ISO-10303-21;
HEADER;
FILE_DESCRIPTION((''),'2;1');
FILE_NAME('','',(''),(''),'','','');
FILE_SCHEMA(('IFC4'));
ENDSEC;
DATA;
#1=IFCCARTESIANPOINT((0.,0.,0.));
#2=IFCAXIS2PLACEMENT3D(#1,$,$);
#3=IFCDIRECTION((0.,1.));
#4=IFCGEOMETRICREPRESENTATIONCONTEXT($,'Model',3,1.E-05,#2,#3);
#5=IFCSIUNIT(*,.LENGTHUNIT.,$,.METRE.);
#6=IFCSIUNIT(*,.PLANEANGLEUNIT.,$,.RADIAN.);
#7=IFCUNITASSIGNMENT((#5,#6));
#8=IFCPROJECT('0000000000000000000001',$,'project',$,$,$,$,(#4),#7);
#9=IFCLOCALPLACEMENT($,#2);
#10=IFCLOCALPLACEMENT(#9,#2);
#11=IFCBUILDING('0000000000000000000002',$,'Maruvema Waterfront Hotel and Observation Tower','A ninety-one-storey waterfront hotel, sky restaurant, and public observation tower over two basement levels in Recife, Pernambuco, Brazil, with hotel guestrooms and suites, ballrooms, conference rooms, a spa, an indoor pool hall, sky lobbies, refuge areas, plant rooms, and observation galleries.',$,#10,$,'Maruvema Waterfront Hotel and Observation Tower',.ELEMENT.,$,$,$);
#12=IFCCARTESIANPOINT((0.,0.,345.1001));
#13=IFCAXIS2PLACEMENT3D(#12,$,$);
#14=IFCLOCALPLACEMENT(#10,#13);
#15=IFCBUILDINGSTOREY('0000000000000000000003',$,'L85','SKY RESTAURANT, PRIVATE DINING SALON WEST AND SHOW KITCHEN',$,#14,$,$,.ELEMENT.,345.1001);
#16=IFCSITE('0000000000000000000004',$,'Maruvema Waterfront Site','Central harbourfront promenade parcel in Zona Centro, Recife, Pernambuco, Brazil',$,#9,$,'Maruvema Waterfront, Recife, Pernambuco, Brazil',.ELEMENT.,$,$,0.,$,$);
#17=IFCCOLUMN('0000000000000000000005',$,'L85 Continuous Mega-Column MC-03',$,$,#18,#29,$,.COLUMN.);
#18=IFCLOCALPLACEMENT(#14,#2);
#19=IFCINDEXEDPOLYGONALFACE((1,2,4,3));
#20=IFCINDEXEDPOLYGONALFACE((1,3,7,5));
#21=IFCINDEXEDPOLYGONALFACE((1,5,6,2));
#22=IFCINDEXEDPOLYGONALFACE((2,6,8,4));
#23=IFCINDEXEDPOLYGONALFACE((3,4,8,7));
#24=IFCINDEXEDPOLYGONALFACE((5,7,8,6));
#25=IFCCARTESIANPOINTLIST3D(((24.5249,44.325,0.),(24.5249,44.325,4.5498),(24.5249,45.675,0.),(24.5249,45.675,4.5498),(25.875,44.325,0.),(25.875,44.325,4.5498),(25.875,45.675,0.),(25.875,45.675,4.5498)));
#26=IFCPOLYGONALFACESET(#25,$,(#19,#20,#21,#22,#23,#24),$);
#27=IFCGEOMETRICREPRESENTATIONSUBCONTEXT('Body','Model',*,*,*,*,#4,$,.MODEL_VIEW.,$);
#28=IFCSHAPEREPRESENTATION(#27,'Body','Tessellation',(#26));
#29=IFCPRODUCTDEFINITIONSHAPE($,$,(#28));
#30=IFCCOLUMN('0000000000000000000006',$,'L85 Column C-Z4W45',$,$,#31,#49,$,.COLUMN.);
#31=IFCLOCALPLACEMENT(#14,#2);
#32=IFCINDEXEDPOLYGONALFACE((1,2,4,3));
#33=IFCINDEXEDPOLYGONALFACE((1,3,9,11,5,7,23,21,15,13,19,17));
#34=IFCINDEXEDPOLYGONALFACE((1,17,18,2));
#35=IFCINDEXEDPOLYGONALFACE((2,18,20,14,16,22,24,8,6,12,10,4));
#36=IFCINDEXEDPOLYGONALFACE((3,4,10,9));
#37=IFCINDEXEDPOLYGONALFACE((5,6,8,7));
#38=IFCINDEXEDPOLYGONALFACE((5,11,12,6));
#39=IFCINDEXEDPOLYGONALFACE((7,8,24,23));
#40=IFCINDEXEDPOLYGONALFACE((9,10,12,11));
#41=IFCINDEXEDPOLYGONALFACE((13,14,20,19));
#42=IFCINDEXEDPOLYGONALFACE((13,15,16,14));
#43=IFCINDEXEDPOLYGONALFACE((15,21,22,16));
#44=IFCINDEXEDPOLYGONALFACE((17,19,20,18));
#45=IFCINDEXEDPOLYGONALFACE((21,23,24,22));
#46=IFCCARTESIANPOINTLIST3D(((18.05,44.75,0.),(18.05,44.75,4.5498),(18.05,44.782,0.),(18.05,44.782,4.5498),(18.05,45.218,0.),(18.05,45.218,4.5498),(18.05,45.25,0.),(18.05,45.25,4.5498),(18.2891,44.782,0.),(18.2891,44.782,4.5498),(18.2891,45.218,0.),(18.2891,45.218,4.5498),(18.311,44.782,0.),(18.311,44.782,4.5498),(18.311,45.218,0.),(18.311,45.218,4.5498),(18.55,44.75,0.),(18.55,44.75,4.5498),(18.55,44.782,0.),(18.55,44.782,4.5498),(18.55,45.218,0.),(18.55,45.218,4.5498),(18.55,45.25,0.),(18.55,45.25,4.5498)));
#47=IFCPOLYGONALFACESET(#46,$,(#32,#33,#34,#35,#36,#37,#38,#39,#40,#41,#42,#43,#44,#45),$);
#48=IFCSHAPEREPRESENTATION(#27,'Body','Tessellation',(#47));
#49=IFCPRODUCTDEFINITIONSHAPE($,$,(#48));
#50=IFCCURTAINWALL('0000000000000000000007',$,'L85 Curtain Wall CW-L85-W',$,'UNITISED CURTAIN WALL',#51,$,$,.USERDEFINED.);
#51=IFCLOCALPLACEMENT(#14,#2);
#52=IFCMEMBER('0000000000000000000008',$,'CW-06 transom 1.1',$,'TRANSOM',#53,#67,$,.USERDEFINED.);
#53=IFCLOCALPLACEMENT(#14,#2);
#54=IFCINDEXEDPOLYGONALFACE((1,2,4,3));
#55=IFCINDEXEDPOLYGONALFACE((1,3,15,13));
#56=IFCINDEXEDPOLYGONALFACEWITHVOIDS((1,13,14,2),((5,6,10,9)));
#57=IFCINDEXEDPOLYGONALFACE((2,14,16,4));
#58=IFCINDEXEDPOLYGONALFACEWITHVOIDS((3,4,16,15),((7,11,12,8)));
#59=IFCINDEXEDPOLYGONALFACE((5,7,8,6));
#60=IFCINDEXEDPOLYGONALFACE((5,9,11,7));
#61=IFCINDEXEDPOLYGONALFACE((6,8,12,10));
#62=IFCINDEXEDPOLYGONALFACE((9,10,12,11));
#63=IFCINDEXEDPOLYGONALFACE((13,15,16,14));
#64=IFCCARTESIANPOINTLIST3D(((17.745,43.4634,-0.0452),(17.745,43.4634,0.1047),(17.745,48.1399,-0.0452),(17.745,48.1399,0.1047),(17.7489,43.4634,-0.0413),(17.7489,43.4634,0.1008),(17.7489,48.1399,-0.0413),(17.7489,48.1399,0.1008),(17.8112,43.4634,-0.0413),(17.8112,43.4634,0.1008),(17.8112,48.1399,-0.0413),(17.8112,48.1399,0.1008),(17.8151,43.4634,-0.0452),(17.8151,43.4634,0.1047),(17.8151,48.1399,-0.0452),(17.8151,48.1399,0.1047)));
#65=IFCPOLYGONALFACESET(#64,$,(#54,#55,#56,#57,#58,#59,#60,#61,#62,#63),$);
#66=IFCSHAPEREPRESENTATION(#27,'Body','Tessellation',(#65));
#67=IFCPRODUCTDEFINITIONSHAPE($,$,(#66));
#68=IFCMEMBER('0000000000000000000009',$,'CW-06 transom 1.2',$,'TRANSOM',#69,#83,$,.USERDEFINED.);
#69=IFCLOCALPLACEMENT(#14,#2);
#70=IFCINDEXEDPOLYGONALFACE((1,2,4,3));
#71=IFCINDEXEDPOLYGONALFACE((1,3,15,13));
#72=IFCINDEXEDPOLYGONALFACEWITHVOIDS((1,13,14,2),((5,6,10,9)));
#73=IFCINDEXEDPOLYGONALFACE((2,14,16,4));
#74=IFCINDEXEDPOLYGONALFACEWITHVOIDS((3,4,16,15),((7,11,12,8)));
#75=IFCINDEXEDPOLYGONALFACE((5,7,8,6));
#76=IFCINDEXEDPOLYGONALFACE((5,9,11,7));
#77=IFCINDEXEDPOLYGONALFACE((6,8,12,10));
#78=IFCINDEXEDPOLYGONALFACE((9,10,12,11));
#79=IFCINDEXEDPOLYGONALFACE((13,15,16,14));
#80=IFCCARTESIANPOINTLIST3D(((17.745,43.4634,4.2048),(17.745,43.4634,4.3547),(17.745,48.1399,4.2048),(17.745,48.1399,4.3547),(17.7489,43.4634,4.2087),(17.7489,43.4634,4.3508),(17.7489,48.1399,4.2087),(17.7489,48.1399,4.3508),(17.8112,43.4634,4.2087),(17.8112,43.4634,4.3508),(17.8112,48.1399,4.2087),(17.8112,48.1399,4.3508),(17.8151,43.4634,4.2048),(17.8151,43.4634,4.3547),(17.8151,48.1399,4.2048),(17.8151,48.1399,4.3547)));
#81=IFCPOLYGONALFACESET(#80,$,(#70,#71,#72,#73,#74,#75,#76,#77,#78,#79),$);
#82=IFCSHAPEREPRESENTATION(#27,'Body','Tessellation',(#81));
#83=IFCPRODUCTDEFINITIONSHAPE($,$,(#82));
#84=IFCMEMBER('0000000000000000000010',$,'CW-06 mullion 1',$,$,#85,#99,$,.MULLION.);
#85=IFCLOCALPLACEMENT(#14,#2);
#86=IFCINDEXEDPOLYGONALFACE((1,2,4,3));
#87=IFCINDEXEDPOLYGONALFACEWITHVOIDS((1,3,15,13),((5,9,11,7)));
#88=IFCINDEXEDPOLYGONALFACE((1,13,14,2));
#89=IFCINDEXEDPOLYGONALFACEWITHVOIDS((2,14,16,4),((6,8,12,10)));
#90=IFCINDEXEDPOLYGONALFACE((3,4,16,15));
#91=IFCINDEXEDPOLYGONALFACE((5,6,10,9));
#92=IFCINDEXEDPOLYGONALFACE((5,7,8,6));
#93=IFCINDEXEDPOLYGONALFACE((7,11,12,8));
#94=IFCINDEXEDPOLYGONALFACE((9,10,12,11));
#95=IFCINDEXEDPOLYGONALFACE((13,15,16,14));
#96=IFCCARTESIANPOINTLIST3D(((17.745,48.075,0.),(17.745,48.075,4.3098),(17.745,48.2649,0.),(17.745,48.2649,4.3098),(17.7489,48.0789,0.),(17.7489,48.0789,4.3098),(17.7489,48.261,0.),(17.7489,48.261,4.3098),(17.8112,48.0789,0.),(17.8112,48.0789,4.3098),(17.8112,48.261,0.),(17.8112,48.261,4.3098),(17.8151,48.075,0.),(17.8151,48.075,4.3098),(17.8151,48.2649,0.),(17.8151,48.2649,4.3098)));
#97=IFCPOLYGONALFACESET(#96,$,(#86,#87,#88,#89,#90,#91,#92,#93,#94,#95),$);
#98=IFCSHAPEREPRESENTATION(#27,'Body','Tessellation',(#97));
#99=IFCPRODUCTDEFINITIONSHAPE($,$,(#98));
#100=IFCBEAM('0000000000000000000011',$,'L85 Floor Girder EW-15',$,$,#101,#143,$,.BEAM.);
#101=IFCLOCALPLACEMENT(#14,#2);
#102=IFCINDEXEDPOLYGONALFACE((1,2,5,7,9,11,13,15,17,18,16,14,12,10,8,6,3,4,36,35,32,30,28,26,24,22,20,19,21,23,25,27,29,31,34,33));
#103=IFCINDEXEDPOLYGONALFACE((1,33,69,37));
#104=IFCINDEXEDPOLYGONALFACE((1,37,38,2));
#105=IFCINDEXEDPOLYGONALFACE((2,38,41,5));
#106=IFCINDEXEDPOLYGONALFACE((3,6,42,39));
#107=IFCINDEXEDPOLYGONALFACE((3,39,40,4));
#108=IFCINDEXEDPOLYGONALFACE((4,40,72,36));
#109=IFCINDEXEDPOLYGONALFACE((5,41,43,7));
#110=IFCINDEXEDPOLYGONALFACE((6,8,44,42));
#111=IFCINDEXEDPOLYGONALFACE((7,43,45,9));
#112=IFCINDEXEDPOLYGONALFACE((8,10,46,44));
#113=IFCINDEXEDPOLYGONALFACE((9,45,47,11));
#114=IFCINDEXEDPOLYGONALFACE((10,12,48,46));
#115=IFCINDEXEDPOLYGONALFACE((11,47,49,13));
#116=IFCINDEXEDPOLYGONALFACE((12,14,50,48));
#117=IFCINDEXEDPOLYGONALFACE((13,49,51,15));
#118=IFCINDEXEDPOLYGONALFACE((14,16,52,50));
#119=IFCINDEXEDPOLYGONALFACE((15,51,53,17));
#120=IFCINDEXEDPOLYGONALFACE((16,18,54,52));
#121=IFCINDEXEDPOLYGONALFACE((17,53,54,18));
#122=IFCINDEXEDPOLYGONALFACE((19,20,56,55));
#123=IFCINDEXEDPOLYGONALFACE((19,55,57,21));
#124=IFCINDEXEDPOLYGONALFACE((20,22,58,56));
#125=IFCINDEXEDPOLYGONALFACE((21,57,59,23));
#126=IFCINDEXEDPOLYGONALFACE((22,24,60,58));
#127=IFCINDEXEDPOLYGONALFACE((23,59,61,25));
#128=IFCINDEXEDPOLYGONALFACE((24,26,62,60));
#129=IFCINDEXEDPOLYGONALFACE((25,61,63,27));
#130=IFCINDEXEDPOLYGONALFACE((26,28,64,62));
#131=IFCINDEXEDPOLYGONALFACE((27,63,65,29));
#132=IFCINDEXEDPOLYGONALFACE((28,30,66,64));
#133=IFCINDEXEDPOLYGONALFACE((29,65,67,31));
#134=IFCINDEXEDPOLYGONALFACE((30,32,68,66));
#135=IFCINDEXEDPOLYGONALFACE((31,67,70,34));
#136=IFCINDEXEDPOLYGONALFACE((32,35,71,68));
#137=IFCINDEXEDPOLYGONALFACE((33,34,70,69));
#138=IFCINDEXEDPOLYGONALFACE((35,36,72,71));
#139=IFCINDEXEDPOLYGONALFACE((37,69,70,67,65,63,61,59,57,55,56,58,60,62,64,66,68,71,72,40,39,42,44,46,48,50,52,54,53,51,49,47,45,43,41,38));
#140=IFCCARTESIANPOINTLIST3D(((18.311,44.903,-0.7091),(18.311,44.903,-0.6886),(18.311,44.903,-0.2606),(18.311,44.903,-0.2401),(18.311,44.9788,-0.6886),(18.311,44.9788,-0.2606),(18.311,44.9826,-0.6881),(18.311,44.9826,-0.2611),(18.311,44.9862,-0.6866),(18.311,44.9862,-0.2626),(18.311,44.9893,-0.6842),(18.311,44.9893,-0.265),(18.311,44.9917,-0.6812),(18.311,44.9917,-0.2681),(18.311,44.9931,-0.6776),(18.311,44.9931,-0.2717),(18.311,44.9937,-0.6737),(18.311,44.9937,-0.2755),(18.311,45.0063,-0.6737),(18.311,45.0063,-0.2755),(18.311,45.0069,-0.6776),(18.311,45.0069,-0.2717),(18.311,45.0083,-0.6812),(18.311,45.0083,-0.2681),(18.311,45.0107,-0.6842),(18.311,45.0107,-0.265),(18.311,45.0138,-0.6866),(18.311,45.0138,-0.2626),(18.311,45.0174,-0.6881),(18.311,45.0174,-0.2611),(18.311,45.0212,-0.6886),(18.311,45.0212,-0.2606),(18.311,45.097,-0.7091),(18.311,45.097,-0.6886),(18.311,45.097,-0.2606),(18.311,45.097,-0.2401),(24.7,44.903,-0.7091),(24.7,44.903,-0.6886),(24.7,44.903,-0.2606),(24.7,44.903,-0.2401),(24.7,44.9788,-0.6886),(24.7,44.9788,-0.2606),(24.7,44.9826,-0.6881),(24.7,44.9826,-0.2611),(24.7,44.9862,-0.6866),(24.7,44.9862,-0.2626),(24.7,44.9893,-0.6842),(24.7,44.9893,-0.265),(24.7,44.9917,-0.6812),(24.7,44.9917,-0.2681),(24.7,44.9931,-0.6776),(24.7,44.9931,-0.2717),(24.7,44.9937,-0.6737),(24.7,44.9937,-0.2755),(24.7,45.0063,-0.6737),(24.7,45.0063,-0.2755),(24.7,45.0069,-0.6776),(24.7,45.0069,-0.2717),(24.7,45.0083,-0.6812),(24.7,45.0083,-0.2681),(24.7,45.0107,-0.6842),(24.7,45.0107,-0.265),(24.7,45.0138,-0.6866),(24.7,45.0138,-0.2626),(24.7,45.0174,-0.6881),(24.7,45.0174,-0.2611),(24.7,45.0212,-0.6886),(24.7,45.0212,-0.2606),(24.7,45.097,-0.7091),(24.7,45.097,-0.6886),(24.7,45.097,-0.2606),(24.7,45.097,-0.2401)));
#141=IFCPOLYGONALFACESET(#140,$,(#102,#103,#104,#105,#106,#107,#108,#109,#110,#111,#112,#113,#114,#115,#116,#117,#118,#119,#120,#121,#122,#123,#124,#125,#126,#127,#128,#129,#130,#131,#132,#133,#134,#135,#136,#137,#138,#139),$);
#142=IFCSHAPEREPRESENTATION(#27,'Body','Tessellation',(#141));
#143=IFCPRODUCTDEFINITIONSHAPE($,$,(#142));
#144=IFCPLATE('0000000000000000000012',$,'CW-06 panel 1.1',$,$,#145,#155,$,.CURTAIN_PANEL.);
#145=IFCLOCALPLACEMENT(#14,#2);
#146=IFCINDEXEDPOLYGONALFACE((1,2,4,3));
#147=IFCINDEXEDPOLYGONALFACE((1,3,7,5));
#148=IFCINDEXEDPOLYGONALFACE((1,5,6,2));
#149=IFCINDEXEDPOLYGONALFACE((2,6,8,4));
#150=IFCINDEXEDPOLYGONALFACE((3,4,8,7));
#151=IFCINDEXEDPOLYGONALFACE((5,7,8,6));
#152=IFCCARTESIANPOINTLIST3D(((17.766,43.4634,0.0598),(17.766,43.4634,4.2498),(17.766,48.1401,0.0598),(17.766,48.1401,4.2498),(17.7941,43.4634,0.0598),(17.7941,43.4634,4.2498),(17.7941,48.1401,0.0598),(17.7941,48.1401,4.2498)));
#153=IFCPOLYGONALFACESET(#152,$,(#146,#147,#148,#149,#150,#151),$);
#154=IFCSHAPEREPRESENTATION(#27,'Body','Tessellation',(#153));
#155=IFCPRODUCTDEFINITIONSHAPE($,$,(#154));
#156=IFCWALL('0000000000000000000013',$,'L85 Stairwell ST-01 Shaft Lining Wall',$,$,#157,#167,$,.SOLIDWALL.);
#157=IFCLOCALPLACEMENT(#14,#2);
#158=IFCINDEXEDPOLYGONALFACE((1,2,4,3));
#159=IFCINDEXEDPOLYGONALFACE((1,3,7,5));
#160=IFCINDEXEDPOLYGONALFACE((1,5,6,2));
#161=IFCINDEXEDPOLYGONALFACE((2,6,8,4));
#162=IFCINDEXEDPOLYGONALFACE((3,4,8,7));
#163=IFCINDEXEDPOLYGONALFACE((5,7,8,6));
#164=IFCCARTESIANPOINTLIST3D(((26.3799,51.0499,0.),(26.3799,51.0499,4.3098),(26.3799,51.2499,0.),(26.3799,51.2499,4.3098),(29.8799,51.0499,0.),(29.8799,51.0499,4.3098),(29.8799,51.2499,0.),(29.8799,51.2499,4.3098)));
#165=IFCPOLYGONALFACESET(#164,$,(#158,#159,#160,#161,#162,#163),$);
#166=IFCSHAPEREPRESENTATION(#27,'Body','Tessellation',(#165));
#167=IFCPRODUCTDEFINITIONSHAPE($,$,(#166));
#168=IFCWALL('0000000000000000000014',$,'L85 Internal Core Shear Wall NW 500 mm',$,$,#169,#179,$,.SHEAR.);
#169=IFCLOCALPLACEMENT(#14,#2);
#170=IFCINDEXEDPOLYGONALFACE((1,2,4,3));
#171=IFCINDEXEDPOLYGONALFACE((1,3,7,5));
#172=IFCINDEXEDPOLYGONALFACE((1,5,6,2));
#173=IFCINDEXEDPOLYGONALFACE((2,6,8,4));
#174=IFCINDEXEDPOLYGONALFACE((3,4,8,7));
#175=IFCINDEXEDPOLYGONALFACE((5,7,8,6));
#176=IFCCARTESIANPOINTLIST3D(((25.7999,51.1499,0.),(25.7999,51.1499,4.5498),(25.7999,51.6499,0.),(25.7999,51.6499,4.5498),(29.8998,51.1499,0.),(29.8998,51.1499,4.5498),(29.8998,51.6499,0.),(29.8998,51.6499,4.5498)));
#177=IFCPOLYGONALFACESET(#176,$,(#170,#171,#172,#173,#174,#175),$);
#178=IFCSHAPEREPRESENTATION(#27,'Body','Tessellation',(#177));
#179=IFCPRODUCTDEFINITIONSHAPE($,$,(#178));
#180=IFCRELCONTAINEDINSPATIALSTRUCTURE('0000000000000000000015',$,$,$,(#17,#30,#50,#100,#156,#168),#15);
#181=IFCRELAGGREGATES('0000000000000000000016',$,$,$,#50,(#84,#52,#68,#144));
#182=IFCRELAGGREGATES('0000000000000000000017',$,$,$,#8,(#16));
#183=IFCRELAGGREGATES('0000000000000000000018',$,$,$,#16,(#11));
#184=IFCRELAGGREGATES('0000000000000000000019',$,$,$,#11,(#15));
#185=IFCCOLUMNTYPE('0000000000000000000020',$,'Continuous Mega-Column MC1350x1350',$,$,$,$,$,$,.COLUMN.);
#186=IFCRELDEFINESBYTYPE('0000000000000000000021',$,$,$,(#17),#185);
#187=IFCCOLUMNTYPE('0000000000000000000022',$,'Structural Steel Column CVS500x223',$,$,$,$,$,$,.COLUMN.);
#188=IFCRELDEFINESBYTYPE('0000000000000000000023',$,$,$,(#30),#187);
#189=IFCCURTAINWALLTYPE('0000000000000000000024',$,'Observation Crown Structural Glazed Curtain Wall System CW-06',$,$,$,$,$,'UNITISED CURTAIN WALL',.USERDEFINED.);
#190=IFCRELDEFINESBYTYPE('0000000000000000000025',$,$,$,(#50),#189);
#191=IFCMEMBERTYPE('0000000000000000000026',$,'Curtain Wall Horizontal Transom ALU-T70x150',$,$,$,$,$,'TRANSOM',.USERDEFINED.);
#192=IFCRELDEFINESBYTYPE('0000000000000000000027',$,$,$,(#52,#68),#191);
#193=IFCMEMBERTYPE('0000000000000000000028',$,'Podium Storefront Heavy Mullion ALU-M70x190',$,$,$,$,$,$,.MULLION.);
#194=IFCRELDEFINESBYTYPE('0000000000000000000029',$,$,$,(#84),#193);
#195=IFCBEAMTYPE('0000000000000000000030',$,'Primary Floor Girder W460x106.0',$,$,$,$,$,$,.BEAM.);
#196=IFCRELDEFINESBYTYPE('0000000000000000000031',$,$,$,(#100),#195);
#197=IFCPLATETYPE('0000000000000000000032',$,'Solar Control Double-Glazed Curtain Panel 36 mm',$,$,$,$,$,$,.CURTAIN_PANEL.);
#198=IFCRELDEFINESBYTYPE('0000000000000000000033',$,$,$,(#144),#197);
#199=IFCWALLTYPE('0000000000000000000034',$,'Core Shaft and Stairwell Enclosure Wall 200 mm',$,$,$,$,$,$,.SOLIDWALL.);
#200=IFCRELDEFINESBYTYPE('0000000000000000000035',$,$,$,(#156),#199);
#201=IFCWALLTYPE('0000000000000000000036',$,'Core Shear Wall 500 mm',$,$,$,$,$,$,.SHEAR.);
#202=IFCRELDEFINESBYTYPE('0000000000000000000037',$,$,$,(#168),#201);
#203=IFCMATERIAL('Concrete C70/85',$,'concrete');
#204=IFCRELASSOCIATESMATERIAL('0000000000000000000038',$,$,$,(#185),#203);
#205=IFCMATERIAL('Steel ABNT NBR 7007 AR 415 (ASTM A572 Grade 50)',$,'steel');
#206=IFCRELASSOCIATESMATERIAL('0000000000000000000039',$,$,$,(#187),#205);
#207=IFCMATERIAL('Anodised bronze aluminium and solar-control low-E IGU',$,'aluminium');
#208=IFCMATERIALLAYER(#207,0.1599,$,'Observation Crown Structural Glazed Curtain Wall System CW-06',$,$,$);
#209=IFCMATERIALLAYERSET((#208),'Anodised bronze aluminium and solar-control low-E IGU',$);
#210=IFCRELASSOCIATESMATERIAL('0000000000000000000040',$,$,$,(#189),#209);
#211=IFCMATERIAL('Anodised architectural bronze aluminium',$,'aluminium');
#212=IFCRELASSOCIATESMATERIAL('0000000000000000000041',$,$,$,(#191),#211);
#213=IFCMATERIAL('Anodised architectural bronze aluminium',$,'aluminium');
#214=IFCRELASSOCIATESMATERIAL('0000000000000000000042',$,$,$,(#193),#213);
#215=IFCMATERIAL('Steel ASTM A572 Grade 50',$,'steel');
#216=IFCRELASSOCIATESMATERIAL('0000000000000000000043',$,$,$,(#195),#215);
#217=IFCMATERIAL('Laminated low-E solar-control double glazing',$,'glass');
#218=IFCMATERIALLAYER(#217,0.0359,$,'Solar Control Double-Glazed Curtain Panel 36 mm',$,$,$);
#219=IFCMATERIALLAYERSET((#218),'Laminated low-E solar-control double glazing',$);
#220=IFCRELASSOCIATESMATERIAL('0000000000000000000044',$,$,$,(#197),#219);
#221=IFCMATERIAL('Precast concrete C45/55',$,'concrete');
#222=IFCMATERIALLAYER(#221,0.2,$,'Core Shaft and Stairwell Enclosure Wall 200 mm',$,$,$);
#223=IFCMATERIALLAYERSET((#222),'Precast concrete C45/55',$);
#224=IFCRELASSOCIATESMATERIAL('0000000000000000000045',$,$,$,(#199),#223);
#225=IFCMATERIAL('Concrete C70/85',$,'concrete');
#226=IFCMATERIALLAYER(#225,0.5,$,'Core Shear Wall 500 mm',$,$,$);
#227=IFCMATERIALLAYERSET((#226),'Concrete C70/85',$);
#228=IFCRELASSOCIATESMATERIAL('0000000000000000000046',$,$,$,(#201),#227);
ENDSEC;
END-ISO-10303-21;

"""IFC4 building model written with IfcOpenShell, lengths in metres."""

from ifc_helpers import new_model, si_unit, direction, frame, frame_2d, origin, origin_2d, place, context, subcontext, project, spatial, rectangle, hollow_rectangle, i_section, extrude, material, layer, layer_set, material_profile, profile_set, type_object, element, aggregate, save


model = new_model("IFC4")

# Units and contexts
model_context = context("Model", 3, precision=1e-05, world=origin(), true_north=direction((0.0, 1.0)))
body_context = subcontext(model_context, "Body", "Model", "MODEL_VIEW")
ifc_project = project(units=[si_unit("LENGTHUNIT", "METRE"), si_unit("PLANEANGLEUNIT", "RADIAN")], contexts=[model_context])

# Site, building, storey
site_placement = place(None, origin())
site = spatial("IfcSite", under=ifc_project, at=site_placement, Name="Maruvema Waterfront Site", Description="Central harbourfront promenade parcel in Zona Centro, Recife, Pernambuco, Brazil", LongName="Maruvema Waterfront, Recife, Pernambuco, Brazil", CompositionType="ELEMENT", RefElevation=0.0)
building_placement = place(site_placement, origin())
building = spatial("IfcBuilding", under=site, at=building_placement, Name="Maruvema Waterfront Hotel and Observation Tower", Description="A ninety-one-storey waterfront hotel, sky restaurant, and public observation tower over two basement levels in Recife, Pernambuco, Brazil, with hotel guestrooms and suites, ballrooms, conference rooms, a spa, an indoor pool hall, sky lobbies, refuge areas, plant rooms, and observation galleries.", LongName="Maruvema Waterfront Hotel and Observation Tower", CompositionType="ELEMENT")
storey_placement = place(building_placement, frame((0.0, 0.0, 345.1001)))
storey = spatial("IfcBuildingStorey", under=building, at=storey_placement, Name="L85", Description="SKY RESTAURANT, PRIVATE DINING SALON WEST AND SHOW KITCHEN", CompositionType="ELEMENT", Elevation=345.1001)

# Columns
ifc_material_1 = material(Name="Concrete C70/85", Category="concrete")
ifc_material_profile_1 = material_profile(ifc_material_1, rectangle(XDim=1.3501, YDim=1.3501, at=origin_2d()), Name="MC1350x1350")
ifc_profile_set_1 = profile_set([ifc_material_profile_1], Name="Concrete C70/85")
column_type_1 = type_object("IfcColumnType", Name="Continuous Mega-Column MC1350x1350", PredefinedType="COLUMN", material=ifc_profile_set_1)
column_1_placement = place(storey_placement, frame((25.2, 45.0, 0.0), z_axis=(0.0, 0.0, 1.0), x_axis=(1.0, 0.0, 0.0)))
element("IfcColumn", 1, at=column_1_placement, inside=storey, type_object=column_type_1, Name="L85 Continuous Mega-Column MC-03", PredefinedType="COLUMN", context=body_context, shape_type="SweptSolid", body=[
    extrude(rectangle(XDim=1.3501, YDim=1.3501, at=origin_2d()), origin(), (0.0, 0.0, 1.0), 4.5498),
])
ifc_material_2 = material(Name="Steel ABNT NBR 7007 AR 415 (ASTM A572 Grade 50)", Category="steel")
ifc_material_profile_2 = material_profile(ifc_material_2, i_section(OverallWidth=0.5, OverallDepth=0.5, WebThickness=0.022, FlangeThickness=0.032, at=origin_2d()), Name="CVS500x223")
ifc_profile_set_2 = profile_set([ifc_material_profile_2], Name="Steel ABNT NBR 7007 AR 415 (ASTM A572 Grade 50)")
column_type_2 = type_object("IfcColumnType", Name="Structural Steel Column CVS500x223", PredefinedType="COLUMN", material=ifc_profile_set_2)
column_2_placement = place(storey_placement, frame((18.3, 45.0, 0.0), z_axis=(0.0, 0.0, 1.0), x_axis=(1.0, 0.0, 0.0)))
element("IfcColumn", 2, at=column_2_placement, inside=storey, type_object=column_type_2, Name="L85 Column C-Z4W45", PredefinedType="COLUMN", context=body_context, shape_type="SweptSolid", body=[
    extrude(i_section(OverallWidth=0.5, OverallDepth=0.5, WebThickness=0.022, FlangeThickness=0.032, at=origin_2d()), origin(), (0.0, 0.0, 1.0), 4.5498),
])

# Curtain wall, members
ifc_material_3 = material(Name="Anodised bronze aluminium and solar-control low-E IGU", Category="aluminium")
ifc_layer_1 = layer(ifc_material_3, 0.1599, Name="Observation Crown Structural Glazed Curtain Wall System CW-06")
ifc_layer_set_1 = layer_set([ifc_layer_1], Name="Anodised bronze aluminium and solar-control low-E IGU")
curtain_wall_type = type_object("IfcCurtainWallType", Name="Observation Crown Structural Glazed Curtain Wall System CW-06", ElementType="UNITISED CURTAIN WALL", PredefinedType="USERDEFINED", material=ifc_layer_set_1)
curtain_wall_placement = place(storey_placement, origin())
curtain_wall = element("IfcCurtainWall", 3, at=curtain_wall_placement, inside=storey, type_object=curtain_wall_type, Name="L85 Curtain Wall CW-L85-W", ObjectType="UNITISED CURTAIN WALL", PredefinedType="USERDEFINED")
ifc_material_4 = material(Name="Anodised architectural bronze aluminium", Category="aluminium")
ifc_material_profile_3 = material_profile(ifc_material_4, hollow_rectangle(XDim=0.0701, YDim=0.1499, WallThickness=0.0039, at=origin_2d()), Name="ALU-T70x150")
ifc_profile_set_3 = profile_set([ifc_material_profile_3], Name="Anodised architectural bronze aluminium")
member_type_1 = type_object("IfcMemberType", Name="Curtain Wall Horizontal Transom ALU-T70x150", ElementType="TRANSOM", PredefinedType="USERDEFINED", material=ifc_profile_set_3)
member_1_placement = place(storey_placement, frame((17.78, 48.1399, 0.0298), z_axis=(0.0, -1.0, 0.0), x_axis=(1.0, 0.0, 0.0)))
member_1 = element("IfcMember", 4, at=member_1_placement, type_object=member_type_1, Name="CW-06 transom 1.1", ObjectType="TRANSOM", PredefinedType="USERDEFINED", context=body_context, shape_type="SweptSolid", body=[
    extrude(hollow_rectangle(XDim=0.0701, YDim=0.1499, WallThickness=0.0039, at=origin_2d()), origin(), (0.0, 0.0, 1.0), 4.6765),
])
member_2_placement = place(storey_placement, frame((17.78, 48.1399, 4.2798), z_axis=(0.0, -1.0, 0.0), x_axis=(1.0, 0.0, 0.0)))
member_2 = element("IfcMember", 5, at=member_2_placement, type_object=member_type_1, Name="CW-06 transom 1.2", ObjectType="TRANSOM", PredefinedType="USERDEFINED", context=body_context, shape_type="SweptSolid", body=[
    extrude(hollow_rectangle(XDim=0.0701, YDim=0.1499, WallThickness=0.0039, at=origin_2d()), origin(), (0.0, 0.0, 1.0), 4.6765),
])
ifc_material_5 = material(Name="Anodised architectural bronze aluminium", Category="aluminium")
ifc_material_profile_4 = material_profile(ifc_material_5, hollow_rectangle(XDim=0.0701, YDim=0.1899, WallThickness=0.0039, at=origin_2d()), Name="ALU-M70x190")
ifc_profile_set_4 = profile_set([ifc_material_profile_4], Name="Anodised architectural bronze aluminium")
member_type_2 = type_object("IfcMemberType", Name="Podium Storefront Heavy Mullion ALU-M70x190", PredefinedType="MULLION", material=ifc_profile_set_4)
member_3_placement = place(storey_placement, frame((17.78, 48.1699, 0.0), z_axis=(0.0, 0.0, 1.0), x_axis=(1.0, 0.0, 0.0)))
member_3 = element("IfcMember", 6, at=member_3_placement, type_object=member_type_2, Name="CW-06 mullion 1", PredefinedType="MULLION", context=body_context, shape_type="SweptSolid", body=[
    extrude(hollow_rectangle(XDim=0.0701, YDim=0.1899, WallThickness=0.0039, at=origin_2d()), origin(), (0.0, 0.0, 1.0), 4.3098),
])

# Beam
ifc_material_6 = material(Name="Steel ASTM A572 Grade 50", Category="steel")
ifc_material_profile_5 = material_profile(ifc_material_6, i_section(OverallWidth=0.1941, OverallDepth=0.469, WebThickness=0.0127, FlangeThickness=0.0205, FilletRadius=0.0149, at=origin_2d()), Name="W460x106.0")
ifc_profile_set_5 = profile_set([ifc_material_profile_5], Name="Steel ASTM A572 Grade 50")
beam_type = type_object("IfcBeamType", Name="Primary Floor Girder W460x106.0", PredefinedType="BEAM", material=ifc_profile_set_5)
beam_placement = place(storey_placement, frame((18.311, 45.0, -0.4746), z_axis=(1.0, 0.0, 0.0), x_axis=(0.0, 1.0, 0.0)))
element("IfcBeam", 7, at=beam_placement, inside=storey, type_object=beam_type, Name="L85 Floor Girder EW-15", PredefinedType="BEAM", context=body_context, shape_type="SweptSolid", body=[
    extrude(i_section(OverallWidth=0.1941, OverallDepth=0.469, WebThickness=0.0127, FlangeThickness=0.0205, FilletRadius=0.0149, at=origin_2d()), origin(), (0.0, 0.0, 1.0), 6.3889),
])

# Plate
ifc_material_7 = material(Name="Laminated low-E solar-control double glazing", Category="glass")
ifc_layer_2 = layer(ifc_material_7, 0.0359, Name="Solar Control Double-Glazed Curtain Panel 36 mm")
ifc_layer_set_2 = layer_set([ifc_layer_2], Name="Laminated low-E solar-control double glazing")
plate_type = type_object("IfcPlateType", Name="Solar Control Double-Glazed Curtain Panel 36 mm", PredefinedType="CURTAIN_PANEL", material=ifc_layer_set_2)
plate_placement = place(storey_placement, frame((17.78, 45.8018, 0.0598), z_axis=(0.0, 0.0, 1.0), x_axis=(0.0, -1.0, 0.0)))
plate = element("IfcPlate", 8, at=plate_placement, type_object=plate_type, Name="CW-06 panel 1.1", PredefinedType="CURTAIN_PANEL", context=body_context, shape_type="SweptSolid", body=[
    extrude(rectangle(XDim=4.6768, YDim=0.0281, at=origin_2d()), origin(), (0.0, 0.0, 1.0), 4.1899),
])
aggregate(curtain_wall, [member_3, member_1, member_2, plate])

# Walls
ifc_material_8 = material(Name="Precast concrete C45/55", Category="concrete")
ifc_layer_3 = layer(ifc_material_8, 0.2, Name="Core Shaft and Stairwell Enclosure Wall 200 mm")
ifc_layer_set_3 = layer_set([ifc_layer_3], Name="Precast concrete C45/55")
wall_type_1 = type_object("IfcWallType", Name="Core Shaft and Stairwell Enclosure Wall 200 mm", PredefinedType="SOLIDWALL", material=ifc_layer_set_3)
wall_1_placement = place(storey_placement, frame((26.3799, 51.1499, 0.0), z_axis=(0.0, 0.0, 1.0), x_axis=(1.0, 0.0, 0.0)))
element("IfcWall", 9, at=wall_1_placement, inside=storey, type_object=wall_type_1, Name="L85 Stairwell ST-01 Shaft Lining Wall", PredefinedType="SOLIDWALL", context=body_context, shape_type="SweptSolid", body=[
    extrude(rectangle(XDim=3.5, YDim=0.2, at=frame_2d((1.75, 0.0))), origin(), (0.0, 0.0, 1.0), 4.3098),
])
ifc_material_9 = material(Name="Concrete C70/85", Category="concrete")
ifc_layer_4 = layer(ifc_material_9, 0.5, Name="Core Shear Wall 500 mm")
ifc_layer_set_4 = layer_set([ifc_layer_4], Name="Concrete C70/85")
wall_type_2 = type_object("IfcWallType", Name="Core Shear Wall 500 mm", PredefinedType="SHEAR", material=ifc_layer_set_4)
wall_2_placement = place(storey_placement, frame((25.8, 51.3999, 0.0), z_axis=(0.0, 0.0, 1.0), x_axis=(1.0, 0.0, 0.0)))
element("IfcWall", 10, at=wall_2_placement, inside=storey, type_object=wall_type_2, Name="L85 Internal Core Shear Wall NW 500 mm", PredefinedType="SHEAR", context=body_context, shape_type="SweptSolid", body=[
    extrude(rectangle(XDim=4.0999, YDim=0.5, at=frame_2d((2.0498, 0.0))), origin(), (0.0, 0.0, 1.0), 4.5498),
])

save(model, "model.ifc")
